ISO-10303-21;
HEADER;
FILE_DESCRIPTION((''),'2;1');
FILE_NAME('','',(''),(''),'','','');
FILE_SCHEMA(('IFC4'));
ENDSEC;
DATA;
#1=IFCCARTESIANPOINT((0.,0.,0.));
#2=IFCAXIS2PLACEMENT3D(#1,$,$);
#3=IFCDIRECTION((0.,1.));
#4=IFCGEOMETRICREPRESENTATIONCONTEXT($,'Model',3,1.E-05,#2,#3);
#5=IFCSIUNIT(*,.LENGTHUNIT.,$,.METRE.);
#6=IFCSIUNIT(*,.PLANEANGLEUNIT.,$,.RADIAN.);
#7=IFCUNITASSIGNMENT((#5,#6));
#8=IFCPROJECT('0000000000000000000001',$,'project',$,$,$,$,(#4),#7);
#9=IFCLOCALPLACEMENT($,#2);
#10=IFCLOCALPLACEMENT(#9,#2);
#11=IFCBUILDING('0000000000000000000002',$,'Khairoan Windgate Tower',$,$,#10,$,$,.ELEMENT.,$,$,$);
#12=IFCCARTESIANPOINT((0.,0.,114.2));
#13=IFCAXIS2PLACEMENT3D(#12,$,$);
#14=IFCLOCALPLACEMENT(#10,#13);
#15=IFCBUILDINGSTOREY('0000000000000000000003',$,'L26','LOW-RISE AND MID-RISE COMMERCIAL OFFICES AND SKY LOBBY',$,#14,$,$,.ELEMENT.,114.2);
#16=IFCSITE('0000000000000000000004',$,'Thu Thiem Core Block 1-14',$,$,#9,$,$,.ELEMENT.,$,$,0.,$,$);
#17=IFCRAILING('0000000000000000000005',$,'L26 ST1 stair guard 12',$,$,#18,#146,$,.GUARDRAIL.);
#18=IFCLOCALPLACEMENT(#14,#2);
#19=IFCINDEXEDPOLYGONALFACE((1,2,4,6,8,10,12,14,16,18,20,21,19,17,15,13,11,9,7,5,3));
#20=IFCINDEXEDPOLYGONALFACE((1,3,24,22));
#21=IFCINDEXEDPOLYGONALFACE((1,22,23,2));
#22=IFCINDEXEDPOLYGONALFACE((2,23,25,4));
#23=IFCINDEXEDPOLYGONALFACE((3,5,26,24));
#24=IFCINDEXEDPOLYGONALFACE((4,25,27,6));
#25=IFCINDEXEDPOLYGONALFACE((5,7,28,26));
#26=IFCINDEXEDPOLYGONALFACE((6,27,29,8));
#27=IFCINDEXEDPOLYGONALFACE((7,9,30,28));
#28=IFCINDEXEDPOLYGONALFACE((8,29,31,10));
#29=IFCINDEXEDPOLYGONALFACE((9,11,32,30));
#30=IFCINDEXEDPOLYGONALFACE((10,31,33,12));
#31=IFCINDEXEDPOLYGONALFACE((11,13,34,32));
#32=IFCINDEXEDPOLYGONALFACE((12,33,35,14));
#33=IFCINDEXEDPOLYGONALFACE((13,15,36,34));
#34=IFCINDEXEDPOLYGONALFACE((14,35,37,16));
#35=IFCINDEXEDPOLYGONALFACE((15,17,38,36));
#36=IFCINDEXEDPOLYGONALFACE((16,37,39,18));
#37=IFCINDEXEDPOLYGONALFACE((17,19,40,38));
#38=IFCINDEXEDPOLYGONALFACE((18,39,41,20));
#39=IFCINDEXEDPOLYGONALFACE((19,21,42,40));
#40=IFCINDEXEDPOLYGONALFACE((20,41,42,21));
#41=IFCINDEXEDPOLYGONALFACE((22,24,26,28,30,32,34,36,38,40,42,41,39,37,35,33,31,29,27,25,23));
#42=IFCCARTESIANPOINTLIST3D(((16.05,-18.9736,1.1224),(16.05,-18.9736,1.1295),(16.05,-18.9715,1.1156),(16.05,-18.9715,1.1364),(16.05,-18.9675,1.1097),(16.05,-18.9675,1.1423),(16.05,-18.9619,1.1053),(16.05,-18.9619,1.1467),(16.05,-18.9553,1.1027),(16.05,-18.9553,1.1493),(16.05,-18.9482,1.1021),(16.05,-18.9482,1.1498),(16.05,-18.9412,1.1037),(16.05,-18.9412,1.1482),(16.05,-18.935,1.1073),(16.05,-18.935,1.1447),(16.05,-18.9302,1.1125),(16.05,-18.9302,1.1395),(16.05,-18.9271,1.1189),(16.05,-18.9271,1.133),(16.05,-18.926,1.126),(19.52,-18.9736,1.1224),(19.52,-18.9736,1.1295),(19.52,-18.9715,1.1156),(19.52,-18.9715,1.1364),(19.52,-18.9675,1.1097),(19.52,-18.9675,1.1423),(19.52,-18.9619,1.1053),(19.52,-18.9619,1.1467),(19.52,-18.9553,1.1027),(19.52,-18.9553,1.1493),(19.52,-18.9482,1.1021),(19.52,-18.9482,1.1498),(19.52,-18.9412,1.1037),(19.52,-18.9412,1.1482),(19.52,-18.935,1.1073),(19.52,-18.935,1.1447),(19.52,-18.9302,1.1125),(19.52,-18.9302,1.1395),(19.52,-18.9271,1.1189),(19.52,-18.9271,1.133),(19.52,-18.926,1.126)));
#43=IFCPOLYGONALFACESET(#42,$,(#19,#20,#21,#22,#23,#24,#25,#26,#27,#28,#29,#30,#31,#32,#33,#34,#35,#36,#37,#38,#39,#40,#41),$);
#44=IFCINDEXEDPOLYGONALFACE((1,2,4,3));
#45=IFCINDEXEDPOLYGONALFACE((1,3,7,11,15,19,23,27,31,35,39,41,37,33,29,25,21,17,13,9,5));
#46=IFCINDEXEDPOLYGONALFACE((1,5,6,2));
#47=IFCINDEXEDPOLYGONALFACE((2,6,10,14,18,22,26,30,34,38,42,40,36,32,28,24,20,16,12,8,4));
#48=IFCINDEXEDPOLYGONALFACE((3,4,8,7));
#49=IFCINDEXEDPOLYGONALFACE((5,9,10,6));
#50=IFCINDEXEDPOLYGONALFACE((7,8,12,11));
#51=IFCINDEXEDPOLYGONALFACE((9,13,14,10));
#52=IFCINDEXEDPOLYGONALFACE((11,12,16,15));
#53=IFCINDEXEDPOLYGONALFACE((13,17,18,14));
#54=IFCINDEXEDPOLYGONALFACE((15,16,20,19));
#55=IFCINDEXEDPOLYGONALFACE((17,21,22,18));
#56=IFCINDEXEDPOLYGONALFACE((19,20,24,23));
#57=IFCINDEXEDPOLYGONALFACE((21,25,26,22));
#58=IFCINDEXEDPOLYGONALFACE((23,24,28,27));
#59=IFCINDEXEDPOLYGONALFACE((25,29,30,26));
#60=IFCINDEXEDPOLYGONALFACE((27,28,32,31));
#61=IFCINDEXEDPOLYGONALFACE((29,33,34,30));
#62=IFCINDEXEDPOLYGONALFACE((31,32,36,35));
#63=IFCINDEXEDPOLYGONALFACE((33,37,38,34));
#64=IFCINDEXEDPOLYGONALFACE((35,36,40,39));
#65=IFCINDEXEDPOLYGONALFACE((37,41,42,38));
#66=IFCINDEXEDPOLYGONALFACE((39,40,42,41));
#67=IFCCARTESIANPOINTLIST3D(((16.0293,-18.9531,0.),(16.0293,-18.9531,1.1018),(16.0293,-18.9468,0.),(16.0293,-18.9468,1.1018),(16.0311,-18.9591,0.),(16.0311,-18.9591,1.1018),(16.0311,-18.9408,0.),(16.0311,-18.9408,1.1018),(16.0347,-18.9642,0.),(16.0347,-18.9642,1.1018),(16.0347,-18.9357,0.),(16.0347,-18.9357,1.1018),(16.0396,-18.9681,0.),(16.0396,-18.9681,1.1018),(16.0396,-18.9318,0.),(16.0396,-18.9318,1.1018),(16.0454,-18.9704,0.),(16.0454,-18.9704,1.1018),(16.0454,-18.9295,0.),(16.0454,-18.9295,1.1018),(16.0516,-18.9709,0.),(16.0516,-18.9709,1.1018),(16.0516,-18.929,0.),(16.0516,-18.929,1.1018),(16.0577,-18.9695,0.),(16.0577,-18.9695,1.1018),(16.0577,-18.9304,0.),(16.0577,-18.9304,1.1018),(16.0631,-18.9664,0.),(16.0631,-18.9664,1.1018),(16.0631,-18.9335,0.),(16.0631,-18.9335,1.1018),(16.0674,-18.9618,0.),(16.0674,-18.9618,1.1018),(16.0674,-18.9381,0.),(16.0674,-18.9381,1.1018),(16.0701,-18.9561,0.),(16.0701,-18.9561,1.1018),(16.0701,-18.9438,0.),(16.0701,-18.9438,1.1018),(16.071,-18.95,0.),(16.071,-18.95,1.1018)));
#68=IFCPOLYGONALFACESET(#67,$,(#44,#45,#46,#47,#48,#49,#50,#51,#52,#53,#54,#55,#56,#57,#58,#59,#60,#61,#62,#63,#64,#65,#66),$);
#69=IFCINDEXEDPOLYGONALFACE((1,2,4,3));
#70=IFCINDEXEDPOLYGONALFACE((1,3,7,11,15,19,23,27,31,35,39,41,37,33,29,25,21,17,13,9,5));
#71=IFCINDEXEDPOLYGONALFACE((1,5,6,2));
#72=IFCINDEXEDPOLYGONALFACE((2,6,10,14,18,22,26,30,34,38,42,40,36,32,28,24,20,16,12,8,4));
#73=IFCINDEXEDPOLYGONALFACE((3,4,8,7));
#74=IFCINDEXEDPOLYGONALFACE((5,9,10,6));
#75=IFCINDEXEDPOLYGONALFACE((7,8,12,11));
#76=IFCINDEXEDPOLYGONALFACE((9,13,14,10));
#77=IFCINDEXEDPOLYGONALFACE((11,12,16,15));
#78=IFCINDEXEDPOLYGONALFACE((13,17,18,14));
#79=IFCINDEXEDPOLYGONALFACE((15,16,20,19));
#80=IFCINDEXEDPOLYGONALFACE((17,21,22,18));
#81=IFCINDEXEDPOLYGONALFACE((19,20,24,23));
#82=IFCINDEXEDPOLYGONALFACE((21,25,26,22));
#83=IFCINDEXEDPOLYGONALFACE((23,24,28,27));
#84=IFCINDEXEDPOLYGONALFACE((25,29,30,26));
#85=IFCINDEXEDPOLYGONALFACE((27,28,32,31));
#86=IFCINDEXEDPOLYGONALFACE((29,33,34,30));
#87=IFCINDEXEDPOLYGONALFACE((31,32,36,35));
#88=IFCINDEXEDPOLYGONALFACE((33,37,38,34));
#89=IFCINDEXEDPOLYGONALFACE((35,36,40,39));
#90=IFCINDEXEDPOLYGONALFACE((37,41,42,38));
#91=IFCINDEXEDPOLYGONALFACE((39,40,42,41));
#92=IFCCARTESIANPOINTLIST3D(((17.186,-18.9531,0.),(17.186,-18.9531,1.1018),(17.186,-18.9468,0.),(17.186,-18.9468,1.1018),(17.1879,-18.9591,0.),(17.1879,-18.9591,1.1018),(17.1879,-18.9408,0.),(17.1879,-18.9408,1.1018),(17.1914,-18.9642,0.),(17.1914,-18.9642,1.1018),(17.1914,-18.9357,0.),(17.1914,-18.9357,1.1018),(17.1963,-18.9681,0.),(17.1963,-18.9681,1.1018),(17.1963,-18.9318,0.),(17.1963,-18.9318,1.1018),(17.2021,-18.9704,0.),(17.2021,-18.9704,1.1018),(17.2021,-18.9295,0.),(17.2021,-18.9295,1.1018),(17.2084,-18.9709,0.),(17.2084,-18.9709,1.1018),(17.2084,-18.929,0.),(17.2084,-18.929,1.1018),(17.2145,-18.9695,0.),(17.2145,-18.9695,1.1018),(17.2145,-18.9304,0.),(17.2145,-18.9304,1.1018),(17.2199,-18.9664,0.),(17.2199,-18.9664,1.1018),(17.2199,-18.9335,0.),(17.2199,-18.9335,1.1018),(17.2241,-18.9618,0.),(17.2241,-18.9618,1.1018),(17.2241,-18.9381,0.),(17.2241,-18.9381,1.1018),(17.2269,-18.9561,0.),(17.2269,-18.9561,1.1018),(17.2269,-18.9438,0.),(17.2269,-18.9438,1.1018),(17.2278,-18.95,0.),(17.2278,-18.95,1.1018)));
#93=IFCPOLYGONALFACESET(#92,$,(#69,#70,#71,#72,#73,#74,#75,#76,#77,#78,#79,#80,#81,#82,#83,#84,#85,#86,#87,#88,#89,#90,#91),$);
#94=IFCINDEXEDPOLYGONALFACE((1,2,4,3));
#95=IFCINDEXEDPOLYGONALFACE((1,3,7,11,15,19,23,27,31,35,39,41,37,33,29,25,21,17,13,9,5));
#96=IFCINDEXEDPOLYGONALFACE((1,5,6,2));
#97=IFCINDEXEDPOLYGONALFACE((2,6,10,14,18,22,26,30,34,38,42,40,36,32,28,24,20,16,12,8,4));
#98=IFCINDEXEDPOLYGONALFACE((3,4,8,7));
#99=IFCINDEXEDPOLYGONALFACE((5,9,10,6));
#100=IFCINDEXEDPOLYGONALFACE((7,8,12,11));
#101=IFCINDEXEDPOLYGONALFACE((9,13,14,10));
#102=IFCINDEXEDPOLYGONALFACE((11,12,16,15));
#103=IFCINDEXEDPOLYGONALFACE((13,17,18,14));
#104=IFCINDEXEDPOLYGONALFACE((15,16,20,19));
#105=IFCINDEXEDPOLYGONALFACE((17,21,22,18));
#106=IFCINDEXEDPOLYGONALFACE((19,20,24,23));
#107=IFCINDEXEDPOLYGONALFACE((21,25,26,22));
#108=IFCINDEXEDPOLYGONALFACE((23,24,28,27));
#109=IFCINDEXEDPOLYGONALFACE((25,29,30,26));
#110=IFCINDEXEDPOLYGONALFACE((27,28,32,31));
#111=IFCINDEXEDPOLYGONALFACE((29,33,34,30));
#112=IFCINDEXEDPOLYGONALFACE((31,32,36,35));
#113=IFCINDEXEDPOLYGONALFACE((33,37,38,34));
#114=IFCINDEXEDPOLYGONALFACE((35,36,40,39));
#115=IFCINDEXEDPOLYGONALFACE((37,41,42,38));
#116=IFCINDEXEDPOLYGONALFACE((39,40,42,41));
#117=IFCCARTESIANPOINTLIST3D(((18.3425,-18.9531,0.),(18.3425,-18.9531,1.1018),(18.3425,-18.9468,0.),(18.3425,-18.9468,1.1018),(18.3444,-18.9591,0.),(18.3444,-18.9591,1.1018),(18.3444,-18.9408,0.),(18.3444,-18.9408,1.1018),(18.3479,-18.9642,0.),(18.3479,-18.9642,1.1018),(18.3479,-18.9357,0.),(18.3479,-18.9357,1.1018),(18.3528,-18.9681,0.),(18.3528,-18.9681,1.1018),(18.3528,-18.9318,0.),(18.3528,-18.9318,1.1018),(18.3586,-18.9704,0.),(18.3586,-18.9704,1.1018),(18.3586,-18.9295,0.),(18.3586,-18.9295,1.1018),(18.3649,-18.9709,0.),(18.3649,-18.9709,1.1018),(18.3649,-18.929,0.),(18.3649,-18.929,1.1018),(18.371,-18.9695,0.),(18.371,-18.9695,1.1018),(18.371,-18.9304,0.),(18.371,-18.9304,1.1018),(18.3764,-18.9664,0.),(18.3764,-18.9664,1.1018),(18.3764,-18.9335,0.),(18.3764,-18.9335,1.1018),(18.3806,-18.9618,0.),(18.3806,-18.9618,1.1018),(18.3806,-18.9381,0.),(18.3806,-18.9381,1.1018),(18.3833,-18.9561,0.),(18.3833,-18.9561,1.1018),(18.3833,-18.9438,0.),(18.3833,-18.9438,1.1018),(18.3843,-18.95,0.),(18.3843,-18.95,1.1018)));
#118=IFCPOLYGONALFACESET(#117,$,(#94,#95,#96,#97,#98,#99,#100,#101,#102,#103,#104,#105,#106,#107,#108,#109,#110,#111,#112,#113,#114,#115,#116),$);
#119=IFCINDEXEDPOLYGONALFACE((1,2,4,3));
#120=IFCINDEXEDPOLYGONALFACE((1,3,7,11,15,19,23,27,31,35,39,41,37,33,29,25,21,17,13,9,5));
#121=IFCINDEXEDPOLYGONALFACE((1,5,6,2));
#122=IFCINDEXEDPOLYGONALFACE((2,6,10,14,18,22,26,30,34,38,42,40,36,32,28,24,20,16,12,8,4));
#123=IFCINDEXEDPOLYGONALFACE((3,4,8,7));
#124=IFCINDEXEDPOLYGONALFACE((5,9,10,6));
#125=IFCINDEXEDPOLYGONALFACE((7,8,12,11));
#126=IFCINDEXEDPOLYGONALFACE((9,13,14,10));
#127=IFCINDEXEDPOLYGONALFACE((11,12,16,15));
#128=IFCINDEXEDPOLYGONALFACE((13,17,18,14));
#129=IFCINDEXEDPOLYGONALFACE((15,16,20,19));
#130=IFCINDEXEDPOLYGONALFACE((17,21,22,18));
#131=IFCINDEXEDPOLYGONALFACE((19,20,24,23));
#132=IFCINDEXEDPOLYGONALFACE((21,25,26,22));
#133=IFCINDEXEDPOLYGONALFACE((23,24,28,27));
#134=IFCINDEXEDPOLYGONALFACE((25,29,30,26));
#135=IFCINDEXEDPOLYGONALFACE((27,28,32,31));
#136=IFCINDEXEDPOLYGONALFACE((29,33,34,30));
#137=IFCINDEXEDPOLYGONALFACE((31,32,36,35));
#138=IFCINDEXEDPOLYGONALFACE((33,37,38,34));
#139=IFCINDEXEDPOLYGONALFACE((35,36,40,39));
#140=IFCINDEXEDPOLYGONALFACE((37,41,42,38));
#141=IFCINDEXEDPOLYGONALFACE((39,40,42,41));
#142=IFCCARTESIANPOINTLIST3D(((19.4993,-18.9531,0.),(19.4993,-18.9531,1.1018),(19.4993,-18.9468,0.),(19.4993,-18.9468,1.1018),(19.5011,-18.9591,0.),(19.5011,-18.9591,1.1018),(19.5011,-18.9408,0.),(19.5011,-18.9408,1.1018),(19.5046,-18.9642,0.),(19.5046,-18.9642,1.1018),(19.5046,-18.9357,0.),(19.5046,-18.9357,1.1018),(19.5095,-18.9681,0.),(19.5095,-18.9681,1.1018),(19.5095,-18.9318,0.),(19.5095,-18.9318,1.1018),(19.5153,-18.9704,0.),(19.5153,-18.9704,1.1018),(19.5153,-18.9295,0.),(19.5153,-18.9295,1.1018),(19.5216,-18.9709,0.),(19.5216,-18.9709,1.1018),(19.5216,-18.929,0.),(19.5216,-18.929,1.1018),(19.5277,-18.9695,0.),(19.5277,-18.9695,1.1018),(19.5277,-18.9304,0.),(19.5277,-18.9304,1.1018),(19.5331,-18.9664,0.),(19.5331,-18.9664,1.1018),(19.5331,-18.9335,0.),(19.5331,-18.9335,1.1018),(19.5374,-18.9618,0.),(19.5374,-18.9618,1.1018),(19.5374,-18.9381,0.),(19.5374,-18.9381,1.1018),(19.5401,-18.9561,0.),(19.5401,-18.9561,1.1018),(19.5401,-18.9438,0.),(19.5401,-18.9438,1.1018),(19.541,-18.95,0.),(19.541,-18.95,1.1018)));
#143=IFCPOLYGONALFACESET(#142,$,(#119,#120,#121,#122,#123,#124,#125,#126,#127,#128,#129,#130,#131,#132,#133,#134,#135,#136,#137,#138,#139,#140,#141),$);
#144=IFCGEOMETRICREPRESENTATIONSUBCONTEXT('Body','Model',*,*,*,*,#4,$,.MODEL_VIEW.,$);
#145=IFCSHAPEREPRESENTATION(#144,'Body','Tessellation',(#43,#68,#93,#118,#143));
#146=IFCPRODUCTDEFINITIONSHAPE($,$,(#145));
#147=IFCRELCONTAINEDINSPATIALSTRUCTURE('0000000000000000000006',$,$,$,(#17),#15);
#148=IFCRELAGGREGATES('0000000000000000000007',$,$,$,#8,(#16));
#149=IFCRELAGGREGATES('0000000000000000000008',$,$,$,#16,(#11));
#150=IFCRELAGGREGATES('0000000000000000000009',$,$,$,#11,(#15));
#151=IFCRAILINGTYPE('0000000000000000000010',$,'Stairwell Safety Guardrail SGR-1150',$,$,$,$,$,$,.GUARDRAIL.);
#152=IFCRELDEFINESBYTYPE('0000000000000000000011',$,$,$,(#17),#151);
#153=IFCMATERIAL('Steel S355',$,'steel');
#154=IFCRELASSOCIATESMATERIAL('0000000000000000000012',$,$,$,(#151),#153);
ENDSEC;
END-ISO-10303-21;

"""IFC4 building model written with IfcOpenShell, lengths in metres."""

from ifc_helpers import new_model, si_unit, direction, frame, origin, origin_2d, place, context, subcontext, project, spatial, circle, extrude, material, type_object, element, save


model = new_model("IFC4")

# Units and contexts
model_context = context("Model", 3, precision=1e-05, world=origin(), true_north=direction((0.0, 1.0)))
body_context = subcontext(model_context, "Body", "Model", "MODEL_VIEW")
ifc_project = project(units=[si_unit("LENGTHUNIT", "METRE"), si_unit("PLANEANGLEUNIT", "RADIAN")], contexts=[model_context])

# Site, building, storey
site_placement = place(None, origin())
building_placement = place(site_placement, origin())
storey_placement = place(building_placement, frame((0.0, 0.0, 114.2)))
site = spatial("IfcSite", under=ifc_project, at=site_placement, Name="Thu Thiem Core Block 1-14", CompositionType="ELEMENT", RefElevation=0.0)
building = spatial("IfcBuilding", under=site, at=building_placement, Name="Khairoan Windgate Tower", CompositionType="ELEMENT")
storey = spatial("IfcBuildingStorey", under=building, at=storey_placement, Name="L26", Description="LOW-RISE AND MID-RISE COMMERCIAL OFFICES AND SKY LOBBY", CompositionType="ELEMENT", Elevation=114.2)

# Railing
ifc_material_1 = material(Name="Steel S355", Category="steel")
railing_type = type_object("IfcRailingType", Name="Stairwell Safety Guardrail SGR-1150", PredefinedType="GUARDRAIL", material=ifc_material_1)
railing_placement = place(storey_placement, frame((16.05, -18.95, 0.0)))
element("IfcRailing", 1, at=railing_placement, inside=storey, type_object=railing_type, Name="L26 ST1 stair guard 12", PredefinedType="GUARDRAIL", context=body_context, shape_type="SweptSolid", body=[
    extrude(circle(Radius=0.0239, at=origin_2d()), frame((0.0, 0.0, 1.126), z_axis=(1.0, 0.0, 0.0), x_axis=(0.0, 1.0, 0.0)), (0.0, 0.0, 1.0), 3.47),
    extrude(circle(Radius=0.021, at=origin_2d()), origin(), (0.0, 0.0, 1.0), 1.1018),
    extrude(circle(Radius=0.021, at=origin_2d()), frame((1.1567, 0.0, 0.0)), (0.0, 0.0, 1.0), 1.1018),
    extrude(circle(Radius=0.021, at=origin_2d()), frame((2.3132, 0.0, 0.0)), (0.0, 0.0, 1.0), 1.1018),
    extrude(circle(Radius=0.021, at=origin_2d()), frame((3.47, 0.0, 0.0)), (0.0, 0.0, 1.0), 1.1018),
])

save(model, "model.ifc")
